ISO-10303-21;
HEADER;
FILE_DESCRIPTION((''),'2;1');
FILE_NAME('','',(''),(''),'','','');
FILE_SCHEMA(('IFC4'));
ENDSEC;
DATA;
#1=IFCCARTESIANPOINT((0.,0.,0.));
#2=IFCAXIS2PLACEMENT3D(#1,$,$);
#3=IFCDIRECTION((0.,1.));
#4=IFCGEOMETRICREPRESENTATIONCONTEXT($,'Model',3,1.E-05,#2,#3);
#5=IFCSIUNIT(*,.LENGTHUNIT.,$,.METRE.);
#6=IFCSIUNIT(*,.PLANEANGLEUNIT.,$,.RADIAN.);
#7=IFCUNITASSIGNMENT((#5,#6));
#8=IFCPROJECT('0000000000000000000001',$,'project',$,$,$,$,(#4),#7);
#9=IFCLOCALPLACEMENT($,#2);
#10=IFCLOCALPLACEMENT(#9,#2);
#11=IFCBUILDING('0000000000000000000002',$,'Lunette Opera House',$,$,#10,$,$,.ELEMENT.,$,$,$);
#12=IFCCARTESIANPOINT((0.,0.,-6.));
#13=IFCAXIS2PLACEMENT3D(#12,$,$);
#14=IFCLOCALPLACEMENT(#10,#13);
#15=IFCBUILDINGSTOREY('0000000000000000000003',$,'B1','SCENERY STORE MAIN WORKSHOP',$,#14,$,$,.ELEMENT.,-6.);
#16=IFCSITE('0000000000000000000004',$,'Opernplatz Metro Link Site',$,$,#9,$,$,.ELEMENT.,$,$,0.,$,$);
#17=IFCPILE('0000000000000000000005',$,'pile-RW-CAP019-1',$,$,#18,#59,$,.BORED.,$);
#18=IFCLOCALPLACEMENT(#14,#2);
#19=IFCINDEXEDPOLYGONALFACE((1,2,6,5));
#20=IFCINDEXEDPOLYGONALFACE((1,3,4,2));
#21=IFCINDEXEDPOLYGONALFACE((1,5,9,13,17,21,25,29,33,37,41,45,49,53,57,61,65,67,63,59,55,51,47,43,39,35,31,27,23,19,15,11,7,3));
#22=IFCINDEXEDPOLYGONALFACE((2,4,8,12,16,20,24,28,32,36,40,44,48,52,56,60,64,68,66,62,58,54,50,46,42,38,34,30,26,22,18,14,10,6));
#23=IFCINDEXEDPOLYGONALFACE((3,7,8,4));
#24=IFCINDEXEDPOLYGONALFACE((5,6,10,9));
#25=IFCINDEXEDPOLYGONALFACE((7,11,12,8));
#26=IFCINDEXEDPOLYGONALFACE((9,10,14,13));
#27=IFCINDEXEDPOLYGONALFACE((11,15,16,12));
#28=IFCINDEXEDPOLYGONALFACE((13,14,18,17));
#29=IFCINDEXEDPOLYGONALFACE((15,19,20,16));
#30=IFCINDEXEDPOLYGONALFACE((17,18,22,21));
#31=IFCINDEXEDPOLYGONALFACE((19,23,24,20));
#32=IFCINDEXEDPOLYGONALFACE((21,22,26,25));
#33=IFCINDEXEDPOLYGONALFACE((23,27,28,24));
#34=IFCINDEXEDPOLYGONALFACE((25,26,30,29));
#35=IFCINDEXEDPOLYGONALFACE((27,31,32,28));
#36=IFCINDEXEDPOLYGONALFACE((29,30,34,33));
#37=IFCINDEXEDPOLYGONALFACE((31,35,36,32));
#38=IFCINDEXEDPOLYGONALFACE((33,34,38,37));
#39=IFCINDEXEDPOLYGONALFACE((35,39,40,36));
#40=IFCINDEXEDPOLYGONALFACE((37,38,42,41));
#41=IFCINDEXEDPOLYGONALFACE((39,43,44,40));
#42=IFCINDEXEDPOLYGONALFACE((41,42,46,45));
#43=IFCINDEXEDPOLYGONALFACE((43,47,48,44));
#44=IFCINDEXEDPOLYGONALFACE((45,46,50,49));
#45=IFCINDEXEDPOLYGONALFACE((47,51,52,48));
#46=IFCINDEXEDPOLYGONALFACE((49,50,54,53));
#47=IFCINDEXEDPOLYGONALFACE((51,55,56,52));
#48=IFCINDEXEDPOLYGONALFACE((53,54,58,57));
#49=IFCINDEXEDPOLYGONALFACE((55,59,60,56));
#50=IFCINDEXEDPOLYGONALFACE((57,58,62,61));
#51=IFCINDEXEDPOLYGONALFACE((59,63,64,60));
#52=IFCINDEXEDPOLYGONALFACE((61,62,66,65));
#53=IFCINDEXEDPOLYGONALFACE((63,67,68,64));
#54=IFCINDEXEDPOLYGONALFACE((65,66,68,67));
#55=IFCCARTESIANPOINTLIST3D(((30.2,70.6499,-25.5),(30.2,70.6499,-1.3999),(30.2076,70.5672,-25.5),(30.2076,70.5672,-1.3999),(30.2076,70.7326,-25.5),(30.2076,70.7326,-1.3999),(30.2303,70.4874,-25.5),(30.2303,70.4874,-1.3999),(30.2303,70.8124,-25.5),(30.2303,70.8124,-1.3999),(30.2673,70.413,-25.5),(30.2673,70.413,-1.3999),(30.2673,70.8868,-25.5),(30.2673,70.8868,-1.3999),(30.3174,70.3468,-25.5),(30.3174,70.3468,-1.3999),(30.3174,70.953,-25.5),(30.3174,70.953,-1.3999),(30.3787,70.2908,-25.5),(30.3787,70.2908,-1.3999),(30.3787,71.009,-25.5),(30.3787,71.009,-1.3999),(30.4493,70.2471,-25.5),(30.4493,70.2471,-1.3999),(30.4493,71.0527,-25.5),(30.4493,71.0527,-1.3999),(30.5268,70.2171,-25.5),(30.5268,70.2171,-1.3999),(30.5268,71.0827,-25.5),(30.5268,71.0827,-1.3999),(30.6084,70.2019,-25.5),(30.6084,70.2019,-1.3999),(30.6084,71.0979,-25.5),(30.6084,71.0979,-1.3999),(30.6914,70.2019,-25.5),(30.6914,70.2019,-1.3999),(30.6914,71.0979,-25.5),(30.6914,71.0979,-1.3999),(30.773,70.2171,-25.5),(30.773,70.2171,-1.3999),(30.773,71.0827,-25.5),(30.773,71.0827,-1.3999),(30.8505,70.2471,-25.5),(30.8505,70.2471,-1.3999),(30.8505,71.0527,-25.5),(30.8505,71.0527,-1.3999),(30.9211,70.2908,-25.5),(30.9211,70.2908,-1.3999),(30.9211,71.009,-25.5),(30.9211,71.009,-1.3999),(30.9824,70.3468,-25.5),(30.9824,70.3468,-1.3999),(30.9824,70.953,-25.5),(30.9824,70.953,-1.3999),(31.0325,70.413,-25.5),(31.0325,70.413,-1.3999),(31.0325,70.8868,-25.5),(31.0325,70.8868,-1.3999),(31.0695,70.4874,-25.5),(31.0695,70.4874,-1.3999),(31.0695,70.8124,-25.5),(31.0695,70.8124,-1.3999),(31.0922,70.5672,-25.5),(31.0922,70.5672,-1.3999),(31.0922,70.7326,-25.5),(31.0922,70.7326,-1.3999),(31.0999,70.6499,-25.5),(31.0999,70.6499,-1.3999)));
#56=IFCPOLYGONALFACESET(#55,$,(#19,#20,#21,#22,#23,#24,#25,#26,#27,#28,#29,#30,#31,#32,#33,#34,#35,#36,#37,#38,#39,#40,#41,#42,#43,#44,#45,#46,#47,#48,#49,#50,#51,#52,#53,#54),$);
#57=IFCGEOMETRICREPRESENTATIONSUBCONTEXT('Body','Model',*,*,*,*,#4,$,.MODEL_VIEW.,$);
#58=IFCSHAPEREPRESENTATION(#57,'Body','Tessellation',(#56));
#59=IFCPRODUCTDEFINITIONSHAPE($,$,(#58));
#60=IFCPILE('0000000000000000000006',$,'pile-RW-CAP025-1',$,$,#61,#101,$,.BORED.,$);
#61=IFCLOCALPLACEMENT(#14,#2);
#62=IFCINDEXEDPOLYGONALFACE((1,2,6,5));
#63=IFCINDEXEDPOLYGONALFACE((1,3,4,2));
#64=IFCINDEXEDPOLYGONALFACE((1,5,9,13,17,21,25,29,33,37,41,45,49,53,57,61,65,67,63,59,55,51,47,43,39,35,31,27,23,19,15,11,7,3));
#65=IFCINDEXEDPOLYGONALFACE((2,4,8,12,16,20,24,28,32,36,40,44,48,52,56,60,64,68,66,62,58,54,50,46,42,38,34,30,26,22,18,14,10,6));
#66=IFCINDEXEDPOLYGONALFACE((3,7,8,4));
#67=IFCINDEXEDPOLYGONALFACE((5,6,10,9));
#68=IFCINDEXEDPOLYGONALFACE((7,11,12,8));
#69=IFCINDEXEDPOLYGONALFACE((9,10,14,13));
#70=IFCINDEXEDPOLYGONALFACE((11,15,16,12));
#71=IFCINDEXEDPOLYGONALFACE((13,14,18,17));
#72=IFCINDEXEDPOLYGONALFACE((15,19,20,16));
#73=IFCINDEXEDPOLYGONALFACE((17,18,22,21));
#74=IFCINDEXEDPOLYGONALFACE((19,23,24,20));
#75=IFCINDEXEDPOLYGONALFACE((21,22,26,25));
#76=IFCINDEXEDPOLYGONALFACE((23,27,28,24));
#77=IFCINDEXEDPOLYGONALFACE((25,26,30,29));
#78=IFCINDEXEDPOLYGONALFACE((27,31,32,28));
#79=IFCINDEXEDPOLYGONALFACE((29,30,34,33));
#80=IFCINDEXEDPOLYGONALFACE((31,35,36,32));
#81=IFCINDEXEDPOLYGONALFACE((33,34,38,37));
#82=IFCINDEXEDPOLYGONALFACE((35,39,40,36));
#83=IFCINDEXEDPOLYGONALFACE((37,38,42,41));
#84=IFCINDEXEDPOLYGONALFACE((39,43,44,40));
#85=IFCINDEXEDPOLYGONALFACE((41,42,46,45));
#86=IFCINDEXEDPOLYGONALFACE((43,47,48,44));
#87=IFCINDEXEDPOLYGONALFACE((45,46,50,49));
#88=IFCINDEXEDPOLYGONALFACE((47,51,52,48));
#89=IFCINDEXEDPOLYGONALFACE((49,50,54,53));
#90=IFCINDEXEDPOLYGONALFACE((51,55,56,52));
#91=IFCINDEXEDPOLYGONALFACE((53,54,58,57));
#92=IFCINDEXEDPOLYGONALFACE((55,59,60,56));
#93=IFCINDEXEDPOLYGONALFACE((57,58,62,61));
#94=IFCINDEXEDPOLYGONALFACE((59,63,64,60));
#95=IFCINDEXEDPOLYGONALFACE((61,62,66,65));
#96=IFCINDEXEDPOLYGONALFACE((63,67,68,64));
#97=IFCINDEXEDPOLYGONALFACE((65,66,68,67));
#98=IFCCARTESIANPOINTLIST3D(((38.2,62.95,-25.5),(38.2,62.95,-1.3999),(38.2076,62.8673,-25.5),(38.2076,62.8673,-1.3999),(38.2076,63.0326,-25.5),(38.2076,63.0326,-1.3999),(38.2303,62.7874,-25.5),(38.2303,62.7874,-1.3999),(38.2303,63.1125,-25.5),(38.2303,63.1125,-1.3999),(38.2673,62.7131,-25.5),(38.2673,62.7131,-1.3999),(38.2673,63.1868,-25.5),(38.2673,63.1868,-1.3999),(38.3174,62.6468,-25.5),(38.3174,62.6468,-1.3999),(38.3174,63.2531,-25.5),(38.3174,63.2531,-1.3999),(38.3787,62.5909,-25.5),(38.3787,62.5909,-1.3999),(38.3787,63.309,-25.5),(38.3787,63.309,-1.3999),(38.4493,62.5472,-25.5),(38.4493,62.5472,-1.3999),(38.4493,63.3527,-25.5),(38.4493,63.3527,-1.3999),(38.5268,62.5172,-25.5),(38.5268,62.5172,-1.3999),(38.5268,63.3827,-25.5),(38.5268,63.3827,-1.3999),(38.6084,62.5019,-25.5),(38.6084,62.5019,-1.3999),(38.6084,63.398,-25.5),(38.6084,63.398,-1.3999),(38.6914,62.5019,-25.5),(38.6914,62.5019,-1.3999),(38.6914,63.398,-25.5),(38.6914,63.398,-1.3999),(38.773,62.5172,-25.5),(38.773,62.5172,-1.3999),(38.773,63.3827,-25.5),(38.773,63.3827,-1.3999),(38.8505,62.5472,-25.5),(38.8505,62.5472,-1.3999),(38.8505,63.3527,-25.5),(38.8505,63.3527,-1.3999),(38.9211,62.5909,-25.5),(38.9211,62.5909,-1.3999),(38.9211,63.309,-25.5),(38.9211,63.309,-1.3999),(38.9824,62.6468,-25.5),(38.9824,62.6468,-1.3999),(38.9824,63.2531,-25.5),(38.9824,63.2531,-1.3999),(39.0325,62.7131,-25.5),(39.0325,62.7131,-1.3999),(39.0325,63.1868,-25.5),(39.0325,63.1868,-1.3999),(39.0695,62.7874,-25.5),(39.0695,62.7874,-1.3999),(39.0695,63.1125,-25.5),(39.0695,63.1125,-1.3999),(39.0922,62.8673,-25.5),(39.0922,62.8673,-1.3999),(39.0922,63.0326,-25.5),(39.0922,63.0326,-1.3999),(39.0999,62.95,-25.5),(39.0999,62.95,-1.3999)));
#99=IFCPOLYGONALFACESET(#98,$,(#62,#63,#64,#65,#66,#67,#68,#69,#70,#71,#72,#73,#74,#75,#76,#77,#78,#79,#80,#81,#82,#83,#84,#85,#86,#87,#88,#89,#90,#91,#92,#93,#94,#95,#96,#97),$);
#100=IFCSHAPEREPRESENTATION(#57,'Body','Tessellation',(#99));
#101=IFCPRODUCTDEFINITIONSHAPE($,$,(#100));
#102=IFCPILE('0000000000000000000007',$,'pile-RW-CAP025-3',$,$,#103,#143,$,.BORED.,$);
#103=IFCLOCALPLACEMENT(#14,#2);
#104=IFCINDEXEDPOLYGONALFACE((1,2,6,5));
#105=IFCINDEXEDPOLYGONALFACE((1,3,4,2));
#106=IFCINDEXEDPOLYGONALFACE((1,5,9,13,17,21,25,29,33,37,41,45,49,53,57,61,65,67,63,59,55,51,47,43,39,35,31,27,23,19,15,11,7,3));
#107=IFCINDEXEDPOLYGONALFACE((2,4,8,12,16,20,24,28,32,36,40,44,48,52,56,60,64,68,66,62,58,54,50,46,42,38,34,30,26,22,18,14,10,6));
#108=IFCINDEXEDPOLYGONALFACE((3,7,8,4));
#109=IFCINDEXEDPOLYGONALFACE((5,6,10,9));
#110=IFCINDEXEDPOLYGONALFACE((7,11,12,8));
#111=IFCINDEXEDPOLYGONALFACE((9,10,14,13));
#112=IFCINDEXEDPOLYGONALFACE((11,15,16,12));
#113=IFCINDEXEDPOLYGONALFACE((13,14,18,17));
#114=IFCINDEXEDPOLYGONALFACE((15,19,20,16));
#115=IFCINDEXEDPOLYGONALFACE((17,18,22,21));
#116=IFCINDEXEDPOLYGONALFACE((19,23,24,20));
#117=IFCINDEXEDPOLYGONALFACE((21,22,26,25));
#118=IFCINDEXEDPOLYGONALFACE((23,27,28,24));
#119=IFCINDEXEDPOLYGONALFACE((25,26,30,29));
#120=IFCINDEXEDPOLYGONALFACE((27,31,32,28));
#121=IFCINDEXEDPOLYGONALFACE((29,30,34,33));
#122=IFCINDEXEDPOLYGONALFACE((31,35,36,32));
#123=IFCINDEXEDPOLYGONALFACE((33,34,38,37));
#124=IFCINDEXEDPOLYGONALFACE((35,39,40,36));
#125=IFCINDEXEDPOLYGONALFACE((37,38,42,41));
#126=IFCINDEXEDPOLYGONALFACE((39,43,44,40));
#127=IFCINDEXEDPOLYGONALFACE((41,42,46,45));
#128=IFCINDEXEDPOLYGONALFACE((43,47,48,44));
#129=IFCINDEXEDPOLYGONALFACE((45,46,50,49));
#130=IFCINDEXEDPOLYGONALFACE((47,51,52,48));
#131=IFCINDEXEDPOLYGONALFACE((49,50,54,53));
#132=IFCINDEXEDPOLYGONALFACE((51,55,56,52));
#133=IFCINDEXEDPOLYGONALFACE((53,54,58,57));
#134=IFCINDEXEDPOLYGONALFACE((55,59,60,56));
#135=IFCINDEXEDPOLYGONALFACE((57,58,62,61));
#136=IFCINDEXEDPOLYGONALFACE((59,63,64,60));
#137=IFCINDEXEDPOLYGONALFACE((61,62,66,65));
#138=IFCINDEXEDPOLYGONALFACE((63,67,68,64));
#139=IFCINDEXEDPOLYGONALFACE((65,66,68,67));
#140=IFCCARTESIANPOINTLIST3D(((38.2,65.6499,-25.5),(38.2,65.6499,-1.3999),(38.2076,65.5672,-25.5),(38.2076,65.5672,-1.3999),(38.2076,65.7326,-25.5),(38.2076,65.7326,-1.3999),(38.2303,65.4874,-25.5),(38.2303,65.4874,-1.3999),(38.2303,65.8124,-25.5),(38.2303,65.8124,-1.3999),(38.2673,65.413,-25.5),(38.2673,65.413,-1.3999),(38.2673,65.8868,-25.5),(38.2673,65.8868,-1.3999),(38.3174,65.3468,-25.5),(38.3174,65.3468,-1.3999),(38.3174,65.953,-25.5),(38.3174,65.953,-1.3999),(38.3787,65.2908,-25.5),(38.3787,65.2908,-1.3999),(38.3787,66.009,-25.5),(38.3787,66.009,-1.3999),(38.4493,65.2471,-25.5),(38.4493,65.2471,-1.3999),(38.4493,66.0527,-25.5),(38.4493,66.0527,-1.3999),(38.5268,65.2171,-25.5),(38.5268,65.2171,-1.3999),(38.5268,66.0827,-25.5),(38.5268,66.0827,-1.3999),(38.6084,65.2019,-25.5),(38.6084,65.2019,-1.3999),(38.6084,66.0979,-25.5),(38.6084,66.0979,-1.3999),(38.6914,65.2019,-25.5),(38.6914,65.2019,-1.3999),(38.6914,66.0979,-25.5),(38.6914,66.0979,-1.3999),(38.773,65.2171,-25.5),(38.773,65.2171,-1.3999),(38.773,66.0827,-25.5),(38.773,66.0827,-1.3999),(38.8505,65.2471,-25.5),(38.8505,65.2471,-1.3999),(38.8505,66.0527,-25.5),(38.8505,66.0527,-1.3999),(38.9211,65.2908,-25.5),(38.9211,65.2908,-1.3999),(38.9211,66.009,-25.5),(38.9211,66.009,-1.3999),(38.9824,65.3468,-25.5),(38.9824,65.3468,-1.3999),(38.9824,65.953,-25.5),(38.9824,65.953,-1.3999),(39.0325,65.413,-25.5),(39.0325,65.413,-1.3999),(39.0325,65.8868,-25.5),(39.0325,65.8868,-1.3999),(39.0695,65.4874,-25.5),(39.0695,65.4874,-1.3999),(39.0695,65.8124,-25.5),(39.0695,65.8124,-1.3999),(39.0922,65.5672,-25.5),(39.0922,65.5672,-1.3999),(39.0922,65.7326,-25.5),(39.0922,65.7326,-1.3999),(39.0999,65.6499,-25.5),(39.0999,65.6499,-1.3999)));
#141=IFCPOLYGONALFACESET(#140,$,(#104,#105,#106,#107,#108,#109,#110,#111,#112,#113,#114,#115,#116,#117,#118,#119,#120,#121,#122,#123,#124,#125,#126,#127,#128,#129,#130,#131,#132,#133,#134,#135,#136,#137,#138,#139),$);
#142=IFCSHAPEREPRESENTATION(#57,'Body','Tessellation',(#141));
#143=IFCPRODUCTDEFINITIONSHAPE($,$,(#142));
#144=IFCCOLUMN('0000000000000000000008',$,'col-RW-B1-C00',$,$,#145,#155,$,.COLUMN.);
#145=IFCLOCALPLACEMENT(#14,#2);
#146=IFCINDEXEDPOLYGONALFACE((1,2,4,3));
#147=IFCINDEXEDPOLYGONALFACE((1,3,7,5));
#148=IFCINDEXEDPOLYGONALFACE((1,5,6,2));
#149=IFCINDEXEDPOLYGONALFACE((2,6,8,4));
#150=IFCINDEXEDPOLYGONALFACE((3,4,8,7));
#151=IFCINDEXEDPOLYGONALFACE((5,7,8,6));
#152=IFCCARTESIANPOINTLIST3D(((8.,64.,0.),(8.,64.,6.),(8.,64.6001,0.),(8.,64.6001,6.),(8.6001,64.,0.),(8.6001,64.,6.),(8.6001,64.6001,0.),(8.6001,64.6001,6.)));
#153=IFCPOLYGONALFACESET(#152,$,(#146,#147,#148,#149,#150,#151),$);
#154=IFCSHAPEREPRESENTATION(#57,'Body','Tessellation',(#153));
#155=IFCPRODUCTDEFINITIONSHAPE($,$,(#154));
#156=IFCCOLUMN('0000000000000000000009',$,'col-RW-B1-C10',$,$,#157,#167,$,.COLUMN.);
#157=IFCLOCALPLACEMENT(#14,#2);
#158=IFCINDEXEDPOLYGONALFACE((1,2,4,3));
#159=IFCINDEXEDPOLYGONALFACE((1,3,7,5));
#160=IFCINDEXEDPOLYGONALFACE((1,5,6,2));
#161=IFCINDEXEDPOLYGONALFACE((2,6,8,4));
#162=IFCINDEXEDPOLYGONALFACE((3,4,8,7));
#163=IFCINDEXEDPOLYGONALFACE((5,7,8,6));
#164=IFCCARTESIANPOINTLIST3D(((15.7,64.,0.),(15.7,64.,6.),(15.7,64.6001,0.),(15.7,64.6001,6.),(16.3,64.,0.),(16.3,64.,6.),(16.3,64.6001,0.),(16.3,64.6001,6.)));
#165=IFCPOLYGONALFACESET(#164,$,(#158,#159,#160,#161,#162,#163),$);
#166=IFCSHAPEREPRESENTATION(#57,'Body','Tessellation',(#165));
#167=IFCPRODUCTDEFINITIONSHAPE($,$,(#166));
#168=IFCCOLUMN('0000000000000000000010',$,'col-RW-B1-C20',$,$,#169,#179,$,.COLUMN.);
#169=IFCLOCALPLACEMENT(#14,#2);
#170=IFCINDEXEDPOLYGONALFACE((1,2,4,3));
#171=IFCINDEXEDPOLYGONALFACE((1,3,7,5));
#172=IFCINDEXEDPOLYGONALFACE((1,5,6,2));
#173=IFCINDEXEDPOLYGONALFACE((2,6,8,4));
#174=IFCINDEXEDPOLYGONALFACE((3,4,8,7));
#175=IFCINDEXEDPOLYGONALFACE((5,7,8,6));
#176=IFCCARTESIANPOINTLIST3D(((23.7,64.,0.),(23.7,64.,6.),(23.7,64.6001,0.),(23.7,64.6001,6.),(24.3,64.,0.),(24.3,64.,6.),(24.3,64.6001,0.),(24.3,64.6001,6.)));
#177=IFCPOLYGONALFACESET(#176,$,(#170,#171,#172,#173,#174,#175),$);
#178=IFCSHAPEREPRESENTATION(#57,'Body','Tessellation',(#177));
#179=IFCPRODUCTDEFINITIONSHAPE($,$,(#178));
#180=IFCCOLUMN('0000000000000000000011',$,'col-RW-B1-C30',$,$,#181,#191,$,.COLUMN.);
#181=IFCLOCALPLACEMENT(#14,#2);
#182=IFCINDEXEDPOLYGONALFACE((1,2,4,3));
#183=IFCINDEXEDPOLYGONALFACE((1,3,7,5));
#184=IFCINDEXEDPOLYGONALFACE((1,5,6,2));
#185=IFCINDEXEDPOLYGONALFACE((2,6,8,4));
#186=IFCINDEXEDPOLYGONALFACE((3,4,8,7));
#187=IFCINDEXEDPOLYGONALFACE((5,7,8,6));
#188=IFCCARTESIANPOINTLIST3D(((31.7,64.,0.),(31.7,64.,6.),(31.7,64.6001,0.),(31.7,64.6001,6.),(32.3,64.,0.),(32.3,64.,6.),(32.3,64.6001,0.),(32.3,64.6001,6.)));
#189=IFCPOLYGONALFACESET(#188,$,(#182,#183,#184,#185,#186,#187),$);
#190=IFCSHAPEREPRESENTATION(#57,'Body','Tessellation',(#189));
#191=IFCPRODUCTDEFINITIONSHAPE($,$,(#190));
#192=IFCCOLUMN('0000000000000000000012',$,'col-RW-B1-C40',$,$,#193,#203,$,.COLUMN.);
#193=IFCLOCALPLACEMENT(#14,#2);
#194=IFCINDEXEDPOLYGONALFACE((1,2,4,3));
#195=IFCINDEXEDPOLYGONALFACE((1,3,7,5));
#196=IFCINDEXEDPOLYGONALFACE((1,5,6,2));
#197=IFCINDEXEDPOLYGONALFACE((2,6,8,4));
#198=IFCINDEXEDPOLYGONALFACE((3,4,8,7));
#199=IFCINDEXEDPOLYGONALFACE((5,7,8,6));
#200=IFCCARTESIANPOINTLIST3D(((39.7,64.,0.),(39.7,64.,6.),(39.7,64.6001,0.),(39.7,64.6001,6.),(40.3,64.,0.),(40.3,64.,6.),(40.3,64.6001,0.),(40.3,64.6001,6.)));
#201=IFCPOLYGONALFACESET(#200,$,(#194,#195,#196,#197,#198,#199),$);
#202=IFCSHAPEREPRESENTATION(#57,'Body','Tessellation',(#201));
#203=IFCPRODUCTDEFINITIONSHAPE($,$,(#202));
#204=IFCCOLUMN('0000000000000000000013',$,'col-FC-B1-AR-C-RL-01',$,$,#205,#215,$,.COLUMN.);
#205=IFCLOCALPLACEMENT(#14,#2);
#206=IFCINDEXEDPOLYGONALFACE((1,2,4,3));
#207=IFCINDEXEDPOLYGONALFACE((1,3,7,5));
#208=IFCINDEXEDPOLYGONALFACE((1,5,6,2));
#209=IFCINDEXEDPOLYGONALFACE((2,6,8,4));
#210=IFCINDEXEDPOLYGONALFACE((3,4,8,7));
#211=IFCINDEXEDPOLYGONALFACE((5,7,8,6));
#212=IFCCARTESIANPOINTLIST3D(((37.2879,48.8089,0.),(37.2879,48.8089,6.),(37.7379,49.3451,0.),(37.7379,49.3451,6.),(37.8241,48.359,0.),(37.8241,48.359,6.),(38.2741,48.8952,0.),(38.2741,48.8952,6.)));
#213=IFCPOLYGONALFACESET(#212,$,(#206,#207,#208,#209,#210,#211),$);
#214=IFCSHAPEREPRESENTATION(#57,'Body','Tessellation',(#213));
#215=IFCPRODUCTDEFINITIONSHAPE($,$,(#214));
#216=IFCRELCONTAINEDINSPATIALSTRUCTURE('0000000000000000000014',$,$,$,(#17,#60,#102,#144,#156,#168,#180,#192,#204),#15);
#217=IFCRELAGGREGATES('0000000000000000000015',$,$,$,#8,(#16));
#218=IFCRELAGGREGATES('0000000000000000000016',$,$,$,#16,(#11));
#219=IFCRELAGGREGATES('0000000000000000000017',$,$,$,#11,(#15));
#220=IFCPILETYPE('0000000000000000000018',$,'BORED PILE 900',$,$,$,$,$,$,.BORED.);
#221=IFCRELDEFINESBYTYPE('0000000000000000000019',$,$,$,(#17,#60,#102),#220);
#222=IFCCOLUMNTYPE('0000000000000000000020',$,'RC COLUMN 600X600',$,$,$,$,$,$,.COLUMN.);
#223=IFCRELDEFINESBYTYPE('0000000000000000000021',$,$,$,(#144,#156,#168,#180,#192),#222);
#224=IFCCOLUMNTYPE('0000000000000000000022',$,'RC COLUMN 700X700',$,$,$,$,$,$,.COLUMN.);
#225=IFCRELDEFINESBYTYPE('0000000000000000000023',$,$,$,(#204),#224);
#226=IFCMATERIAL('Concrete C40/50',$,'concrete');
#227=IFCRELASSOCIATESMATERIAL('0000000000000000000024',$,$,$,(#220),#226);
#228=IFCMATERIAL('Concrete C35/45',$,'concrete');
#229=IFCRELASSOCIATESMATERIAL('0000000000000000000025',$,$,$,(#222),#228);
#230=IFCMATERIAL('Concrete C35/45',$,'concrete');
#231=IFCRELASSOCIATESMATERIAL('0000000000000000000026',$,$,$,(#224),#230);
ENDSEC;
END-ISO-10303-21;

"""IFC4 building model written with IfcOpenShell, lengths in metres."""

from ifc_helpers import new_model, si_unit, direction, frame, origin, origin_2d, place, context, subcontext, project, spatial, rectangle, circle, extrude, material, material_profile, profile_set, type_object, element, save


model = new_model("IFC4")

# Units and contexts
model_context = context("Model", 3, precision=1e-05, world=origin(), true_north=direction((0.0, 1.0)))
body_context = subcontext(model_context, "Body", "Model", "MODEL_VIEW")
ifc_project = project(units=[si_unit("LENGTHUNIT", "METRE"), si_unit("PLANEANGLEUNIT", "RADIAN")], contexts=[model_context])

# Site, building, storey
site_placement = place(None, origin())
site = spatial("IfcSite", under=ifc_project, at=site_placement, Name="Opernplatz Metro Link Site", CompositionType="ELEMENT", RefElevation=0.0)
building_placement = place(site_placement, origin())
building = spatial("IfcBuilding", under=site, at=building_placement, Name="Lunette Opera House", CompositionType="ELEMENT")
storey_placement = place(building_placement, frame((0.0, 0.0, -6.0)))
storey = spatial("IfcBuildingStorey", under=building, at=storey_placement, Name="B1", Description="SCENERY STORE MAIN WORKSHOP", CompositionType="ELEMENT", Elevation=-6.0)

# Piles
ifc_material_1 = material(Name="Concrete C40/50", Category="concrete")
ifc_material_profile_1 = material_profile(ifc_material_1, circle(Radius=0.45, at=origin_2d()), Name="BORED PILE 900")
ifc_profile_set_1 = profile_set([ifc_material_profile_1], Name="Concrete C40/50")
pile_type = type_object("IfcPileType", Name="BORED PILE 900", PredefinedType="BORED", material=ifc_profile_set_1)
for number, where, z_axis, x_axis, name in (
    (1, (30.6499, 70.6499, -1.3999), (0.0, 0.0, -1.0), (1.0, 0.0, 0.0), "pile-RW-CAP019-1"),
    (2, (38.6499, 62.95, -1.3999), (0.0, 0.0, -1.0), (1.0, 0.0, 0.0), "pile-RW-CAP025-1"),
    (3, (38.6499, 65.6499, -1.3999), (0.0, 0.0, -1.0), (1.0, 0.0, 0.0), "pile-RW-CAP025-3"),
):
    element("IfcPile", number, at=place(storey_placement, frame(where, z_axis=z_axis, x_axis=x_axis)), inside=storey, type_object=pile_type, Name=name, PredefinedType="BORED", context=body_context, shape_type="SweptSolid", body=[
        extrude(circle(Radius=0.45, at=origin_2d()), origin(), (0.0, 0.0, 1.0), 24.1001),
    ])

# Columns
ifc_material_2 = material(Name="Concrete C35/45", Category="concrete")
ifc_material_profile_2 = material_profile(ifc_material_2, rectangle(XDim=0.6001, YDim=0.6001, at=origin_2d()), Name="RC COLUMN 600X600")
ifc_profile_set_2 = profile_set([ifc_material_profile_2], Name="Concrete C35/45")
column_type_1 = type_object("IfcColumnType", Name="RC COLUMN 600X600", PredefinedType="COLUMN", material=ifc_profile_set_2)
for number, where, z_axis, x_axis, name in (
    (4, (8.3, 64.3, 0.0), (0.0, 0.0, 1.0), (1.0, 0.0, 0.0), "col-RW-B1-C00"),
    (5, (16.0, 64.3, 0.0), (0.0, 0.0, 1.0), (1.0, 0.0, 0.0), "col-RW-B1-C10"),
    (6, (24.0, 64.3, 0.0), (0.0, 0.0, 1.0), (1.0, 0.0, 0.0), "col-RW-B1-C20"),
    (7, (32.0, 64.3, 0.0), (0.0, 0.0, 1.0), (1.0, 0.0, 0.0), "col-RW-B1-C30"),
    (8, (40.0, 64.3, 0.0), (0.0, 0.0, 1.0), (1.0, 0.0, 0.0), "col-RW-B1-C40"),
):
    element("IfcColumn", number, at=place(storey_placement, frame(where, z_axis=z_axis, x_axis=x_axis)), inside=storey, type_object=column_type_1, Name=name, PredefinedType="COLUMN", context=body_context, shape_type="SweptSolid", body=[
        extrude(rectangle(XDim=0.6001, YDim=0.6001, at=origin_2d()), origin(), (0.0, 0.0, 1.0), 6.0),
    ])
ifc_material_3 = material(Name="Concrete C35/45", Category="concrete")
ifc_material_profile_3 = material_profile(ifc_material_3, rectangle(XDim=0.7, YDim=0.7, at=origin_2d()), Name="RC COLUMN 700X700")
ifc_profile_set_3 = profile_set([ifc_material_profile_3], Name="Concrete C35/45")
column_type_2 = type_object("IfcColumnType", Name="RC COLUMN 700X700", PredefinedType="COLUMN", material=ifc_profile_set_3)
column_placement = place(storey_placement, frame((37.781, 48.8521, 0.0), z_axis=(0.0, 0.0, 1.0), x_axis=(0.642788, 0.766044, 0.0)))
element("IfcColumn", 9, at=column_placement, inside=storey, type_object=column_type_2, Name="col-FC-B1-AR-C-RL-01", PredefinedType="COLUMN", context=body_context, shape_type="SweptSolid", body=[
    extrude(rectangle(XDim=0.7, YDim=0.7, at=origin_2d()), origin(), (0.0, 0.0, 1.0), 6.0),
])

save(model, "model.ifc")
